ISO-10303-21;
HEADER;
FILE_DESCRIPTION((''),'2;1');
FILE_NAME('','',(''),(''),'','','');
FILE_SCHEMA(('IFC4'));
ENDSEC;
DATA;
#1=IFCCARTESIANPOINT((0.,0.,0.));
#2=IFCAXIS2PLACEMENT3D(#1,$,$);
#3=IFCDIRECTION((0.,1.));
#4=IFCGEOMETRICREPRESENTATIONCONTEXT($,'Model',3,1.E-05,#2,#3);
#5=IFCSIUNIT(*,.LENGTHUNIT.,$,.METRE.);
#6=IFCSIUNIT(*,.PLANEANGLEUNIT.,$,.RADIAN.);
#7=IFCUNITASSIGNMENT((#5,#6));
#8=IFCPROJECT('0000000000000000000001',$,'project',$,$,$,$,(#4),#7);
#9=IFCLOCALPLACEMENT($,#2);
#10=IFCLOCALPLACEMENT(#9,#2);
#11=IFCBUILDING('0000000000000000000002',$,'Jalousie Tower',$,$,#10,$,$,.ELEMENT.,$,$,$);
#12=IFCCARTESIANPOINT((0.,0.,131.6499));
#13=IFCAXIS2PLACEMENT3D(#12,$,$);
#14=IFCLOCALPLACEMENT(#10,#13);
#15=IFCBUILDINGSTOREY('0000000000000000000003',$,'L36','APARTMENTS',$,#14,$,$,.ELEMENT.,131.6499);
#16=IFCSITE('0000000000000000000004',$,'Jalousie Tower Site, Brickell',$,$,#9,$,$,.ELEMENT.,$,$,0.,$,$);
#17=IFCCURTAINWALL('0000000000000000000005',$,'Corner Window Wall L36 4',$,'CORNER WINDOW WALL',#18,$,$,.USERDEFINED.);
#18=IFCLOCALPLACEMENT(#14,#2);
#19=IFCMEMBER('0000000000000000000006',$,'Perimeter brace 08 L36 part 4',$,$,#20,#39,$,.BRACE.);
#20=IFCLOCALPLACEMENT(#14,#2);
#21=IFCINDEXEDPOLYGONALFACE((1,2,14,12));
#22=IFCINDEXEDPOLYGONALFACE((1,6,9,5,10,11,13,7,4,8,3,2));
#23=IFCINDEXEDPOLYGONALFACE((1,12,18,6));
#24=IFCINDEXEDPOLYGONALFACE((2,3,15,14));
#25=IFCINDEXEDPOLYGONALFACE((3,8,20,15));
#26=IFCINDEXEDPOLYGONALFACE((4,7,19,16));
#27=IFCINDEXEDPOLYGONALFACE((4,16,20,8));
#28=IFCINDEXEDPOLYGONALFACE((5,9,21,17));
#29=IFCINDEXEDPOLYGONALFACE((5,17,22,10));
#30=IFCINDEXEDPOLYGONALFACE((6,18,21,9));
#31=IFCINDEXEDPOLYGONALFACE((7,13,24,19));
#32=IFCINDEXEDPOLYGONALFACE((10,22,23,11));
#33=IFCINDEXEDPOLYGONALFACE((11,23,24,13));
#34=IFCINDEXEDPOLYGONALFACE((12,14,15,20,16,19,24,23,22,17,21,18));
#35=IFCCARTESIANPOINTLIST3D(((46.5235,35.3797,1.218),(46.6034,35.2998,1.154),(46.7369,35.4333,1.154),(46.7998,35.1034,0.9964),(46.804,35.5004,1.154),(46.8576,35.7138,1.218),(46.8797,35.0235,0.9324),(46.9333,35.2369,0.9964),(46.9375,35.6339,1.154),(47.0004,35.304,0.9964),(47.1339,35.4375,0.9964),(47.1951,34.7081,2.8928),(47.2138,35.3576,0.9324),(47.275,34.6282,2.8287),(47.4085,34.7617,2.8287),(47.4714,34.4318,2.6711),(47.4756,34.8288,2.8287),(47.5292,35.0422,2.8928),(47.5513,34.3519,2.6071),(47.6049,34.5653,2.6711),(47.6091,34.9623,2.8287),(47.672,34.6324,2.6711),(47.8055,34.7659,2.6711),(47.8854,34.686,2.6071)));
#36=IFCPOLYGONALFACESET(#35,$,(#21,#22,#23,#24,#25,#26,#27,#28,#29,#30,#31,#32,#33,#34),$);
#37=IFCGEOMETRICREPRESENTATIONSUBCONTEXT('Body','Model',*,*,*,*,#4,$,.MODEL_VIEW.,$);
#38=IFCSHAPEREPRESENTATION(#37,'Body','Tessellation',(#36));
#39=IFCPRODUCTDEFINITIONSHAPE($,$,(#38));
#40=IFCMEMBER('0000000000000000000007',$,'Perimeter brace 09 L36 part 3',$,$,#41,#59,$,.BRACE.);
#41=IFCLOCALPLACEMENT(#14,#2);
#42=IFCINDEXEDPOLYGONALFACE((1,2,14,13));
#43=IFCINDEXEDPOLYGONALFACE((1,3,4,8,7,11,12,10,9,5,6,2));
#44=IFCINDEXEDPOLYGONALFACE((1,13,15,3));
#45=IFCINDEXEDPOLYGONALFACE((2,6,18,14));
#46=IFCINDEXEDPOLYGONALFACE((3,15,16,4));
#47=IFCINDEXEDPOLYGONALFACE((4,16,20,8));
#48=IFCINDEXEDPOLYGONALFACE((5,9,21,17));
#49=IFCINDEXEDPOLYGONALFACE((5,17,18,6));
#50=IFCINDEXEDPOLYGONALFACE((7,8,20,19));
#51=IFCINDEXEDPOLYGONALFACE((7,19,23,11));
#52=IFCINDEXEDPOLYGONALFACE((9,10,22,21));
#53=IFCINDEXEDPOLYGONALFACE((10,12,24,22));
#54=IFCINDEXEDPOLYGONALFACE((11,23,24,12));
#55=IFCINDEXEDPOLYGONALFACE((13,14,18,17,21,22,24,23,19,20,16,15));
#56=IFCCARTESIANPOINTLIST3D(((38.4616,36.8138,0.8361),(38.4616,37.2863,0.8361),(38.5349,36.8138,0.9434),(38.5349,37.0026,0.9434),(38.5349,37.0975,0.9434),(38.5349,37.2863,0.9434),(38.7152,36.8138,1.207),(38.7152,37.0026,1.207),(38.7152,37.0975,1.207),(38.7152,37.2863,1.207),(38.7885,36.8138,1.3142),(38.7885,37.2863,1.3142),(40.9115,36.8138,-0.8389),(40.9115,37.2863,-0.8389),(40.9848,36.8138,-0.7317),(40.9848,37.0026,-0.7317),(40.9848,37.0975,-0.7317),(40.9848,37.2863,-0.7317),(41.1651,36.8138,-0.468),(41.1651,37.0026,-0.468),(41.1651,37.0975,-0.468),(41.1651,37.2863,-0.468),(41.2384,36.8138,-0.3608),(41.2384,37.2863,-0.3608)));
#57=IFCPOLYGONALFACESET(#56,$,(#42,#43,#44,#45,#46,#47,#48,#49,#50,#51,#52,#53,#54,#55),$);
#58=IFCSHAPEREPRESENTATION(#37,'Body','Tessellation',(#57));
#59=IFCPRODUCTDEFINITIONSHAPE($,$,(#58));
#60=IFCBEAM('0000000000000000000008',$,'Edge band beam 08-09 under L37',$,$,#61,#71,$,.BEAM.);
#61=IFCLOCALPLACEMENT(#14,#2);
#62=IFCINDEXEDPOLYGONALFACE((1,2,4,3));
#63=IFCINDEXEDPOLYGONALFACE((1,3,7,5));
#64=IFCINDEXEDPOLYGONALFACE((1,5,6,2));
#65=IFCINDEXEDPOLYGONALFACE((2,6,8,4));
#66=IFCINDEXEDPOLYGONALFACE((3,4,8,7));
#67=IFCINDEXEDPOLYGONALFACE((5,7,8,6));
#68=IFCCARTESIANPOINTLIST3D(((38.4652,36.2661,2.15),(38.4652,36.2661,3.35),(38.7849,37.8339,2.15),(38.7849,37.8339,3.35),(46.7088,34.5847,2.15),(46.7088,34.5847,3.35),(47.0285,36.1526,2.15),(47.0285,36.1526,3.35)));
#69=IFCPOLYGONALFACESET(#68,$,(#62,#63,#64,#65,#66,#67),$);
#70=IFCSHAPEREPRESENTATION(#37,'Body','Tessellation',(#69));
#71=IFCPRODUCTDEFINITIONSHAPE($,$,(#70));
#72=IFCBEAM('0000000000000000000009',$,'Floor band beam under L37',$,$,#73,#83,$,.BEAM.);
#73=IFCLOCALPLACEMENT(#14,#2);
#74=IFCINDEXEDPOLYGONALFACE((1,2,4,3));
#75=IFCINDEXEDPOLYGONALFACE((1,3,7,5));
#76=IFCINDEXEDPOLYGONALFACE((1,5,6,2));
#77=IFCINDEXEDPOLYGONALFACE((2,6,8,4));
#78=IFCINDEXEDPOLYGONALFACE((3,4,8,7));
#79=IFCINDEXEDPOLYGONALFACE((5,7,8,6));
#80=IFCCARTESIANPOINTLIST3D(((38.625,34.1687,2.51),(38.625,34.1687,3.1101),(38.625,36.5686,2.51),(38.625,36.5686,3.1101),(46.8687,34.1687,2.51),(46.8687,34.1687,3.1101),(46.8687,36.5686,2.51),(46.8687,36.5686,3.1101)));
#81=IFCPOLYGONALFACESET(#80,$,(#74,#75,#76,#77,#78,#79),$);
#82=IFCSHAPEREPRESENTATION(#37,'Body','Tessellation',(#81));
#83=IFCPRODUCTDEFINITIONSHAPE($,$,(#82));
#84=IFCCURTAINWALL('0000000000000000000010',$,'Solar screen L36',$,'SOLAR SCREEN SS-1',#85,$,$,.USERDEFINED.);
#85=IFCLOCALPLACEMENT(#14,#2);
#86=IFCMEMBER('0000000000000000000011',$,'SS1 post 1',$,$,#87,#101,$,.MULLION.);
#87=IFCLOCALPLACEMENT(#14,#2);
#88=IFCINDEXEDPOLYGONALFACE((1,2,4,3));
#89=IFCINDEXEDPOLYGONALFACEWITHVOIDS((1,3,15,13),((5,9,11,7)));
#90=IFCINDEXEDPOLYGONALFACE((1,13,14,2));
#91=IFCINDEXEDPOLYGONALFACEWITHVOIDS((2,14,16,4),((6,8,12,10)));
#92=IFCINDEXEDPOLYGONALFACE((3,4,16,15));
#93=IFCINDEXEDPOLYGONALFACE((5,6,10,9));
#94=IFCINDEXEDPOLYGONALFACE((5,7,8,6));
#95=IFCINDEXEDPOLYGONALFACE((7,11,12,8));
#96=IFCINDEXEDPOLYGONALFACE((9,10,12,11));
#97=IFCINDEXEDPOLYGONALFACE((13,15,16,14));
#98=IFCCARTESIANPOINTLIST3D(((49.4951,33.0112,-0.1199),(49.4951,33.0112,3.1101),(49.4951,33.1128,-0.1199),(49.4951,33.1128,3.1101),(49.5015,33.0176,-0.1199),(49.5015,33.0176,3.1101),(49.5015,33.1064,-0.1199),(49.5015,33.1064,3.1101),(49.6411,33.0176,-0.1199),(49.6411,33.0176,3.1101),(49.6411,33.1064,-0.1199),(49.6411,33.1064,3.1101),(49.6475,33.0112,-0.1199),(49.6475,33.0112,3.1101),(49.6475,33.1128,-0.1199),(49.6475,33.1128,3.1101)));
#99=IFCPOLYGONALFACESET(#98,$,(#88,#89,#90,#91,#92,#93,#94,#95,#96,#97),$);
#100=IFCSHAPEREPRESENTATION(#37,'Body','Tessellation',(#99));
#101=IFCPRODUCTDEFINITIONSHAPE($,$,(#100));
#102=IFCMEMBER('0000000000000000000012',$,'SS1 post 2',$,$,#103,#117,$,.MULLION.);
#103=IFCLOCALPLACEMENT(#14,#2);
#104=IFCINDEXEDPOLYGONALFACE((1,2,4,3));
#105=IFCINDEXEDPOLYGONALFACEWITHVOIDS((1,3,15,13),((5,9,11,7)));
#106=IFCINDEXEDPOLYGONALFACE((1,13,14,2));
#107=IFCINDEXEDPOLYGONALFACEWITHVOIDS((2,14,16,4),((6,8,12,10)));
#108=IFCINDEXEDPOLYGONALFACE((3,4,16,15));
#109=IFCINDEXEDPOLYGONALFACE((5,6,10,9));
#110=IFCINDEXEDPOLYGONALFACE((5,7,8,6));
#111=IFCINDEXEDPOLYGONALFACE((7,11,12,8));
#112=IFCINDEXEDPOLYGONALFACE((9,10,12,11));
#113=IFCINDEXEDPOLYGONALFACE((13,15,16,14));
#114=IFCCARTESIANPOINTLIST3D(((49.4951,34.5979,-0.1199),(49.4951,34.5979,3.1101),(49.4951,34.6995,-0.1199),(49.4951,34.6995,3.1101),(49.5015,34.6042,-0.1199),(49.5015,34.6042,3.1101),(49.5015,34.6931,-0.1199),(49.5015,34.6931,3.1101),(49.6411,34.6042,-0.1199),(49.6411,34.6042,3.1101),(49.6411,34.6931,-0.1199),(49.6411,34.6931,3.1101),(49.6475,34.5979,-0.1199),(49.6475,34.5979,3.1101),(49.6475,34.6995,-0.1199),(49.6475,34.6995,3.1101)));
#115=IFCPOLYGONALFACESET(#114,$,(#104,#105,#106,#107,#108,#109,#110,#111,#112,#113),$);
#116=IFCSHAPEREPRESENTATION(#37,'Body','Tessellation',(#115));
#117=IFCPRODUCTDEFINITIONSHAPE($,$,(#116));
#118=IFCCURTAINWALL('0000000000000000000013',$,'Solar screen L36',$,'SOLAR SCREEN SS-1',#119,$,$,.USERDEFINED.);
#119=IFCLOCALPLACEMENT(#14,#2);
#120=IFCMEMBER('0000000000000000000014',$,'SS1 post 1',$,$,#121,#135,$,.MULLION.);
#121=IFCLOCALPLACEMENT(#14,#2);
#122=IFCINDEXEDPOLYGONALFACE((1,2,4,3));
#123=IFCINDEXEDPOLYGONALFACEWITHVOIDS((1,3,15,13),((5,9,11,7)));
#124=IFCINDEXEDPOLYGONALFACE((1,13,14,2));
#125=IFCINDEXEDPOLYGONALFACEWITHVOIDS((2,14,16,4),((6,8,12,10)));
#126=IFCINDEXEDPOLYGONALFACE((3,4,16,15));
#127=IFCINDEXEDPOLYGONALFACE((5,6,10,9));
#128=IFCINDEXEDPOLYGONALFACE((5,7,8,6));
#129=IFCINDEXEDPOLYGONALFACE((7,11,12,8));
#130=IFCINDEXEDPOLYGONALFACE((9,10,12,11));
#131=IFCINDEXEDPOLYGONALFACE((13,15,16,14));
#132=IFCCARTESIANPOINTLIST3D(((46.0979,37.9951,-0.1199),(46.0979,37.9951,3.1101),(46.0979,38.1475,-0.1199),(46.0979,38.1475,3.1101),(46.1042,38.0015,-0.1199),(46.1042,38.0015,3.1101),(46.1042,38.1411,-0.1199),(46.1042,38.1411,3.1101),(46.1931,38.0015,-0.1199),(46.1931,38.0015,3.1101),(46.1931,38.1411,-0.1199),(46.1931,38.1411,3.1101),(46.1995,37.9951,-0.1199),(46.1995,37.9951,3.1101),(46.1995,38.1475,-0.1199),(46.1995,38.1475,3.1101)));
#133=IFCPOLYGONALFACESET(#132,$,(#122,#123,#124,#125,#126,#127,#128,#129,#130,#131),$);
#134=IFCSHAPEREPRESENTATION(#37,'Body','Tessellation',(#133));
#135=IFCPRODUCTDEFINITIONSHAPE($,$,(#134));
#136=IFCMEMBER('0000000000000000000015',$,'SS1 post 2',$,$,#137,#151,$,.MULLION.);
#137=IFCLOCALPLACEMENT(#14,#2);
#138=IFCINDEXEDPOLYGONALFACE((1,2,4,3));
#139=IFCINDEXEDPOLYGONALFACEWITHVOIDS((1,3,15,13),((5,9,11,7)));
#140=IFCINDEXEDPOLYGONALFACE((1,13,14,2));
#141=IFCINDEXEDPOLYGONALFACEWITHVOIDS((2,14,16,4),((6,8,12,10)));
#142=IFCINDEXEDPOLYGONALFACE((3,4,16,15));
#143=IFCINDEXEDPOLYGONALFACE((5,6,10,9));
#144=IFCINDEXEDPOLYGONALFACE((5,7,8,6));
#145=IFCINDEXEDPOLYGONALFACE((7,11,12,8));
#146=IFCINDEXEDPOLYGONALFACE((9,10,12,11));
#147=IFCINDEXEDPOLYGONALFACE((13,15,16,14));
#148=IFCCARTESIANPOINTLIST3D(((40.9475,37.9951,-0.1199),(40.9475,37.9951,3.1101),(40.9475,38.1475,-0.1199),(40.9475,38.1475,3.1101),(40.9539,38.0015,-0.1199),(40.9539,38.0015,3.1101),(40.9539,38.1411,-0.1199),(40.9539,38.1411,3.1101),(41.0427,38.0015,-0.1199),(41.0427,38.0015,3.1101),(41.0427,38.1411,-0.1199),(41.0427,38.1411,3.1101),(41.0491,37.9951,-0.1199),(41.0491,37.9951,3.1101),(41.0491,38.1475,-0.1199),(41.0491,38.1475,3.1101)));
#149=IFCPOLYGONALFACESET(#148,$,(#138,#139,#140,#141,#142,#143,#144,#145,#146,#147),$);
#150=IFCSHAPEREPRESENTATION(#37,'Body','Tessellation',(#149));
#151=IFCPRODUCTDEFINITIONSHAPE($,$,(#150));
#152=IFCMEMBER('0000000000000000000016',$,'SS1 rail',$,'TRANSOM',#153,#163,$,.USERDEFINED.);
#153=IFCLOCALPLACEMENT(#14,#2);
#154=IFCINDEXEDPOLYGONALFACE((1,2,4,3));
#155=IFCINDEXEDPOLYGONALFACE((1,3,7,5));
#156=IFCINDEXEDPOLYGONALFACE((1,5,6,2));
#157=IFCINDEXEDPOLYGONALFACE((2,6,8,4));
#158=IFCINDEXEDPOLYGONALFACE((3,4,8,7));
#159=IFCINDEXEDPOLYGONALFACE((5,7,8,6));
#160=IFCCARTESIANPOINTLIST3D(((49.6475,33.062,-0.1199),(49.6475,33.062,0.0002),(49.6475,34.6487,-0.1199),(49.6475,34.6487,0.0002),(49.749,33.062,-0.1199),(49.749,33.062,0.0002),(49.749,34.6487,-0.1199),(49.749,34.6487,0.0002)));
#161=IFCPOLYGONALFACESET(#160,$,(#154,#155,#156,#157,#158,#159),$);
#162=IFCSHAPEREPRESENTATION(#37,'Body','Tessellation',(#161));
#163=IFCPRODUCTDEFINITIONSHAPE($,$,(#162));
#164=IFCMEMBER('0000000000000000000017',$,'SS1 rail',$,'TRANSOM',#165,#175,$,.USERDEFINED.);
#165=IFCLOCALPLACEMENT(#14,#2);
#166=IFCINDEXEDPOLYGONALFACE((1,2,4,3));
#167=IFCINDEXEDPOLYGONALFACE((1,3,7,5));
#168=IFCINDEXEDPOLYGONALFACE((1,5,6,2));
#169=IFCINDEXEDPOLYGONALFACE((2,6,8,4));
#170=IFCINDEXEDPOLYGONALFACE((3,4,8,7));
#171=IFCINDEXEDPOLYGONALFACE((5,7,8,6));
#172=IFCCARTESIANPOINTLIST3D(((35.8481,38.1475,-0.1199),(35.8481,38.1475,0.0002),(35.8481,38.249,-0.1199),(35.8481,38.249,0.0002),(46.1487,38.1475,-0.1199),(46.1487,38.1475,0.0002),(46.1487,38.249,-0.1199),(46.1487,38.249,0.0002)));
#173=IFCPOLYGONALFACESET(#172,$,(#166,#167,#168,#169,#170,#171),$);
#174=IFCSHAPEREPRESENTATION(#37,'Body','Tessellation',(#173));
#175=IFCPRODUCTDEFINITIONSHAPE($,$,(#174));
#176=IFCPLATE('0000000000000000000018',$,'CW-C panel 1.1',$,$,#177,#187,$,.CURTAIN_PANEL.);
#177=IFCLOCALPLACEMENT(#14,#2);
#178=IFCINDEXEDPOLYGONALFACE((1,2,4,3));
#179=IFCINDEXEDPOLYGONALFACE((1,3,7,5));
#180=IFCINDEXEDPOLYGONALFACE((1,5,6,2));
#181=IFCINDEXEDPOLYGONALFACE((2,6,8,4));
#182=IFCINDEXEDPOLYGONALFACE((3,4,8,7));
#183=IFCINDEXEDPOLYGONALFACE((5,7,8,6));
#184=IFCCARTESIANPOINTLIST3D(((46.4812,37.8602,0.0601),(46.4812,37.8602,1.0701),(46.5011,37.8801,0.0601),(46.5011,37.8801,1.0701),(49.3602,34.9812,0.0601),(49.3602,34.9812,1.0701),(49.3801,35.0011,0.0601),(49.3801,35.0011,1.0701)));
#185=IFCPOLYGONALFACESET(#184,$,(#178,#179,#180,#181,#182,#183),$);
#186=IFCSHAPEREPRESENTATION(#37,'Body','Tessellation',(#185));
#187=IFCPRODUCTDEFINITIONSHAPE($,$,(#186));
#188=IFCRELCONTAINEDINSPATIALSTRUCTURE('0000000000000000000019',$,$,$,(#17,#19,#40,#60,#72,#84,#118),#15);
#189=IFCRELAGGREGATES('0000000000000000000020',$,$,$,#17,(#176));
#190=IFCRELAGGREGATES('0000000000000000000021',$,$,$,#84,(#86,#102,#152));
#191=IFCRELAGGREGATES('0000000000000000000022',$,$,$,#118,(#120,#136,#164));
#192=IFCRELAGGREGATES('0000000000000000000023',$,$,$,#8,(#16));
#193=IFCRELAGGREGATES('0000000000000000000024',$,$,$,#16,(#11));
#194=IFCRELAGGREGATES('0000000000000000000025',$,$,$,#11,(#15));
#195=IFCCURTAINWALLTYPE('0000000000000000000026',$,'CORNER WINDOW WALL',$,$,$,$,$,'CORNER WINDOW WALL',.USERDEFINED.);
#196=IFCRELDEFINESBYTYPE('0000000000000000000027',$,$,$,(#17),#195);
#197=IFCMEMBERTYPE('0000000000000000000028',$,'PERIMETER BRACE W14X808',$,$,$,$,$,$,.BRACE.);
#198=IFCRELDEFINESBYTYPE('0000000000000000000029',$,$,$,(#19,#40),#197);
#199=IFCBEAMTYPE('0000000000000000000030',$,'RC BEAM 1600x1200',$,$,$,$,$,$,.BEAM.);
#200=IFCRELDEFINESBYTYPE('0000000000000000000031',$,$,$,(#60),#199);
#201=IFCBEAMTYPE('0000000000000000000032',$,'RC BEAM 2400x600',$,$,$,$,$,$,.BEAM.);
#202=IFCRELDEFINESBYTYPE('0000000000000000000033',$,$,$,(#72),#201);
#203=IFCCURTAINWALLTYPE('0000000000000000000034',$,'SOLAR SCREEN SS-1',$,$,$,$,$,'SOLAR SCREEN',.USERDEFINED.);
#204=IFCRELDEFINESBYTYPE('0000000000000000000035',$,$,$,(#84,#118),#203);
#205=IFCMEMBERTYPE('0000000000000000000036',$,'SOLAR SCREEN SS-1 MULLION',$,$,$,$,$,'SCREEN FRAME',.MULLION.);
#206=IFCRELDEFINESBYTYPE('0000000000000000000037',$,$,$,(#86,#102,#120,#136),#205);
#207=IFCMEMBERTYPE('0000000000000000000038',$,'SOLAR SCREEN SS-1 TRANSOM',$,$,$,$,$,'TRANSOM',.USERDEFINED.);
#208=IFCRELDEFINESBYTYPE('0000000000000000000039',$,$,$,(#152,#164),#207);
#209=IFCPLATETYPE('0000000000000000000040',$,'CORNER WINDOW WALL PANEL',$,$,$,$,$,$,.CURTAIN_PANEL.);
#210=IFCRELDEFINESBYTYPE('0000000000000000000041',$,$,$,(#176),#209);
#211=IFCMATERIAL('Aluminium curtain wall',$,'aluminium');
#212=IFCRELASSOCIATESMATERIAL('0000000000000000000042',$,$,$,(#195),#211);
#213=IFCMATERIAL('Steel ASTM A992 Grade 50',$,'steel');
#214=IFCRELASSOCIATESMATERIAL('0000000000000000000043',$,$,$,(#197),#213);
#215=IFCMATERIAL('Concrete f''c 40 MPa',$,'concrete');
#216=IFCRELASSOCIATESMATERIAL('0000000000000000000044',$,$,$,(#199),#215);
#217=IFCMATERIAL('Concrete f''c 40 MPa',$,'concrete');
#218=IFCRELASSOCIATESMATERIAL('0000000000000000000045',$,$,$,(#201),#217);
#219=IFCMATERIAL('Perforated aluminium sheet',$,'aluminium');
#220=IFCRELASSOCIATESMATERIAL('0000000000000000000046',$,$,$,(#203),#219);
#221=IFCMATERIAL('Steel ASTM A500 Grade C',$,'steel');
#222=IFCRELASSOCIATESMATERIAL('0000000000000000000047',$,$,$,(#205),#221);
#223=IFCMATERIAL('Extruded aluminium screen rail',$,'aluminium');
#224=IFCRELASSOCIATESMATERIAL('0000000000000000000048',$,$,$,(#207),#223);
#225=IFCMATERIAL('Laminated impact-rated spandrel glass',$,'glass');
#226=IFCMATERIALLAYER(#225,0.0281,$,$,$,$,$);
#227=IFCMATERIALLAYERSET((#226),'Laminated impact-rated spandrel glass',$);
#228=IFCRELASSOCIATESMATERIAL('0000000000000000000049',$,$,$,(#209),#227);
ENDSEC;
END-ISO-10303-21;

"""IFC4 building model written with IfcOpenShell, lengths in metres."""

from ifc_helpers import new_model, si_unit, direction, frame, origin, origin_2d, place, context, subcontext, project, spatial, rectangle, hollow_rectangle, i_section, extrude, material, layer, layer_set, material_profile, profile_set, type_object, element, aggregate, save


model = new_model("IFC4")

# Units and contexts
model_context = context("Model", 3, precision=1e-05, world=origin(), true_north=direction((0.0, 1.0)))
body_context = subcontext(model_context, "Body", "Model", "MODEL_VIEW")
ifc_project = project(units=[si_unit("LENGTHUNIT", "METRE"), si_unit("PLANEANGLEUNIT", "RADIAN")], contexts=[model_context])

# Site, building, storey
site_placement = place(None, origin())
site = spatial("IfcSite", under=ifc_project, at=site_placement, Name="Jalousie Tower Site, Brickell", CompositionType="ELEMENT", RefElevation=0.0)
building_placement = place(site_placement, origin())
building = spatial("IfcBuilding", under=site, at=building_placement, Name="Jalousie Tower", CompositionType="ELEMENT")
storey_placement = place(building_placement, frame((0.0, 0.0, 131.6499)))
storey = spatial("IfcBuildingStorey", under=building, at=storey_placement, Name="L36", Description="APARTMENTS", CompositionType="ELEMENT", Elevation=131.6499)

# Curtain wall
ifc_material_1 = material(Name="Aluminium curtain wall", Category="aluminium")
curtain_wall_type_1 = type_object("IfcCurtainWallType", Name="CORNER WINDOW WALL", ElementType="CORNER WINDOW WALL", PredefinedType="USERDEFINED", material=ifc_material_1)
curtain_wall_1_placement = place(storey_placement, origin())
curtain_wall_1 = element("IfcCurtainWall", 1, at=curtain_wall_1_placement, inside=storey, type_object=curtain_wall_type_1, Name="Corner Window Wall L36 4", ObjectType="CORNER WINDOW WALL", PredefinedType="USERDEFINED")

# Members
ifc_material_2 = material(Name="Steel ASTM A992 Grade 50", Category="steel")
ifc_material_profile_1 = material_profile(ifc_material_2, i_section(OverallWidth=0.4724, OverallDepth=0.5791, WebThickness=0.095, FlangeThickness=0.1299, at=origin_2d()), Name="W14X808")
ifc_profile_set_1 = profile_set([ifc_material_profile_1], Name="Steel ASTM A992 Grade 50")
member_type_1 = type_object("IfcMemberType", Name="PERIMETER BRACE W14X808", PredefinedType="BRACE", material=ifc_profile_set_1)
member_1_placement = place(storey_placement, frame((46.8687, 35.3687, 1.0752), z_axis=(0.348828, -0.348828, 0.86985), x_axis=(0.707107, 0.707107, 0.0)))
element("IfcMember", 2, at=member_1_placement, inside=storey, type_object=member_type_1, Name="Perimeter brace 08 L36 part 4", PredefinedType="BRACE", context=body_context, shape_type="SweptSolid", body=[
    extrude(i_section(OverallWidth=0.4724, OverallDepth=0.5791, WebThickness=0.095, FlangeThickness=0.1299, at=origin_2d()), origin(), (0.0, 0.0, 1.0), 1.9253),
])
member_2_placement = place(storey_placement, frame((41.075, 37.05, -0.5999), z_axis=(-0.825501, 0.0, 0.564401), x_axis=(0.0, -1.0, 0.0)))
element("IfcMember", 3, at=member_2_placement, inside=storey, type_object=member_type_1, Name="Perimeter brace 09 L36 part 3", PredefinedType="BRACE", context=body_context, shape_type="SweptSolid", body=[
    extrude(i_section(OverallWidth=0.4724, OverallDepth=0.5791, WebThickness=0.095, FlangeThickness=0.1299, at=origin_2d()), origin(), (0.0, 0.0, 1.0), 2.9678),
])

# Beams
ifc_material_3 = material(Name="Concrete f'c 40 MPa", Category="concrete")
ifc_material_profile_2 = material_profile(ifc_material_3, rectangle(XDim=1.6001, YDim=1.2, at=origin_2d()), Name="RC 1600x1200")
ifc_profile_set_2 = profile_set([ifc_material_profile_2], Name="Concrete f'c 40 MPa")
beam_type_1 = type_object("IfcBeamType", Name="RC BEAM 1600x1200", PredefinedType="BEAM", material=ifc_profile_set_2)
beam_1_placement = place(storey_placement, frame((46.8687, 35.3687, 2.75), z_axis=(-0.979827, 0.199848, 0.0), x_axis=(-0.199848, -0.979827, 0.0)))
element("IfcBeam", 4, at=beam_1_placement, inside=storey, type_object=beam_type_1, Name="Edge band beam 08-09 under L37", PredefinedType="BEAM", context=body_context, shape_type="SweptSolid", body=[
    extrude(rectangle(XDim=1.6001, YDim=1.2, at=origin_2d()), origin(), (0.0, 0.0, 1.0), 8.4133),
])
ifc_material_4 = material(Name="Concrete f'c 40 MPa", Category="concrete")
ifc_material_profile_3 = material_profile(ifc_material_4, rectangle(XDim=2.3999, YDim=0.6001, at=origin_2d()), Name="RC 2400x600")
ifc_profile_set_3 = profile_set([ifc_material_profile_3], Name="Concrete f'c 40 MPa")
beam_type_2 = type_object("IfcBeamType", Name="RC BEAM 2400x600", PredefinedType="BEAM", material=ifc_profile_set_3)
beam_2_placement = place(storey_placement, frame((46.8687, 35.3687, 2.8101), z_axis=(-1.0, 0.0, 0.0), x_axis=(0.0, -1.0, 0.0)))
element("IfcBeam", 5, at=beam_2_placement, inside=storey, type_object=beam_type_2, Name="Floor band beam under L37", PredefinedType="BEAM", context=body_context, shape_type="SweptSolid", body=[
    extrude(rectangle(XDim=2.3999, YDim=0.6001, at=origin_2d()), origin(), (0.0, 0.0, 1.0), 8.2437),
])

# Curtain walls, members
ifc_material_5 = material(Name="Perforated aluminium sheet", Category="aluminium")
curtain_wall_type_2 = type_object("IfcCurtainWallType", Name="SOLAR SCREEN SS-1", ElementType="SOLAR SCREEN", PredefinedType="USERDEFINED", material=ifc_material_5)
curtain_wall_2_placement = place(storey_placement, origin())
curtain_wall_2 = element("IfcCurtainWall", 6, at=curtain_wall_2_placement, inside=storey, type_object=curtain_wall_type_2, Name="Solar screen L36", ObjectType="SOLAR SCREEN SS-1", PredefinedType="USERDEFINED")
ifc_material_6 = material(Name="Steel ASTM A500 Grade C", Category="steel")
ifc_material_profile_4 = material_profile(ifc_material_6, hollow_rectangle(XDim=0.1016, YDim=0.1523, WallThickness=0.0063, at=origin_2d()), Name="HSS6X4X1/4")
ifc_profile_set_4 = profile_set([ifc_material_profile_4], Name="Steel ASTM A500 Grade C")
member_type_2 = type_object("IfcMemberType", Name="SOLAR SCREEN SS-1 MULLION", ElementType="SCREEN FRAME", PredefinedType="MULLION", material=ifc_profile_set_4)
member_3_placement = place(storey_placement, frame((49.5713, 33.062, -0.1199), z_axis=(0.0, 0.0, 1.0), x_axis=(0.0, 1.0, 0.0)))
member_3 = element("IfcMember", 7, at=member_3_placement, type_object=member_type_2, Name="SS1 post 1", PredefinedType="MULLION", context=body_context, shape_type="SweptSolid", body=[
    extrude(hollow_rectangle(XDim=0.1016, YDim=0.1523, WallThickness=0.0063, at=origin_2d()), origin(), (0.0, 0.0, 1.0), 3.23),
])
member_4_placement = place(storey_placement, frame((49.5713, 34.6487, -0.1199), z_axis=(0.0, 0.0, 1.0), x_axis=(0.0, 1.0, 0.0)))
member_4 = element("IfcMember", 8, at=member_4_placement, type_object=member_type_2, Name="SS1 post 2", PredefinedType="MULLION", context=body_context, shape_type="SweptSolid", body=[
    extrude(hollow_rectangle(XDim=0.1016, YDim=0.1523, WallThickness=0.0063, at=origin_2d()), origin(), (0.0, 0.0, 1.0), 3.23),
])
curtain_wall_3_placement = place(storey_placement, origin())
curtain_wall_3 = element("IfcCurtainWall", 9, at=curtain_wall_3_placement, inside=storey, type_object=curtain_wall_type_2, Name="Solar screen L36", ObjectType="SOLAR SCREEN SS-1", PredefinedType="USERDEFINED")
member_5_placement = place(storey_placement, frame((46.1487, 38.0713, -0.1199), z_axis=(0.0, 0.0, 1.0), x_axis=(-1.0, 0.0, 0.0)))
member_5 = element("IfcMember", 10, at=member_5_placement, type_object=member_type_2, Name="SS1 post 1", PredefinedType="MULLION", context=body_context, shape_type="SweptSolid", body=[
    extrude(hollow_rectangle(XDim=0.1016, YDim=0.1523, WallThickness=0.0063, at=origin_2d()), origin(), (0.0, 0.0, 1.0), 3.23),
])
member_6_placement = place(storey_placement, frame((40.9983, 38.0713, -0.1199), z_axis=(0.0, 0.0, 1.0), x_axis=(-1.0, 0.0, 0.0)))
member_6 = element("IfcMember", 11, at=member_6_placement, type_object=member_type_2, Name="SS1 post 2", PredefinedType="MULLION", context=body_context, shape_type="SweptSolid", body=[
    extrude(hollow_rectangle(XDim=0.1016, YDim=0.1523, WallThickness=0.0063, at=origin_2d()), origin(), (0.0, 0.0, 1.0), 3.23),
])

# Members
ifc_material_7 = material(Name="Extruded aluminium screen rail", Category="aluminium")
ifc_material_profile_5 = material_profile(ifc_material_7, rectangle(XDim=0.1016, YDim=0.1201, at=origin_2d()), Name="RAIL 102x120")
ifc_profile_set_5 = profile_set([ifc_material_profile_5], Name="Extruded aluminium screen rail")
member_type_3 = type_object("IfcMemberType", Name="SOLAR SCREEN SS-1 TRANSOM", ElementType="TRANSOM", PredefinedType="USERDEFINED", material=ifc_profile_set_5)
member_7_placement = place(storey_placement, frame((49.6982, 33.062, -0.0598), z_axis=(0.0, 1.0, 0.0), x_axis=(-1.0, 0.0, 0.0)))
member_7 = element("IfcMember", 12, at=member_7_placement, type_object=member_type_3, Name="SS1 rail", ObjectType="TRANSOM", PredefinedType="USERDEFINED", context=body_context, shape_type="SweptSolid", body=[
    extrude(rectangle(XDim=0.1016, YDim=0.1201, at=origin_2d()), origin(), (0.0, 0.0, 1.0), 1.5867),
])
member_8_placement = place(storey_placement, frame((46.1487, 38.1982, -0.0598), z_axis=(-1.0, 0.0, 0.0), x_axis=(0.0, -1.0, 0.0)))
member_8 = element("IfcMember", 13, at=member_8_placement, type_object=member_type_3, Name="SS1 rail", ObjectType="TRANSOM", PredefinedType="USERDEFINED", context=body_context, shape_type="SweptSolid", body=[
    extrude(rectangle(XDim=0.1016, YDim=0.1201, at=origin_2d()), origin(), (0.0, 0.0, 1.0), 10.3005),
])

# Plate
ifc_material_8 = material(Name="Laminated impact-rated spandrel glass", Category="glass")
ifc_layer_1 = layer(ifc_material_8, 0.0281)
ifc_layer_set_1 = layer_set([ifc_layer_1], Name="Laminated impact-rated spandrel glass")
plate_type_1 = type_object("IfcPlateType", Name="CORNER WINDOW WALL PANEL", PredefinedType="CURTAIN_PANEL", material=ifc_layer_set_1)
plate_1_placement = place(storey_placement, frame((47.9307, 36.4307, 0.0601), z_axis=(0.0, 0.0, 1.0), x_axis=(-0.707107, 0.707107, 0.0)))
plate_1 = element("IfcPlate", 14, at=plate_1_placement, type_object=plate_type_1, Name="CW-C panel 1.1", PredefinedType="CURTAIN_PANEL", context=body_context, shape_type="SweptSolid", body=[
    extrude(rectangle(XDim=4.0715, YDim=0.0281, at=origin_2d()), origin(), (0.0, 0.0, 1.0), 1.01),
])
aggregate(curtain_wall_1, [plate_1])
aggregate(curtain_wall_2, [member_3, member_4, member_7])
aggregate(curtain_wall_3, [member_5, member_6, member_8])

save(model, "model.ifc")
